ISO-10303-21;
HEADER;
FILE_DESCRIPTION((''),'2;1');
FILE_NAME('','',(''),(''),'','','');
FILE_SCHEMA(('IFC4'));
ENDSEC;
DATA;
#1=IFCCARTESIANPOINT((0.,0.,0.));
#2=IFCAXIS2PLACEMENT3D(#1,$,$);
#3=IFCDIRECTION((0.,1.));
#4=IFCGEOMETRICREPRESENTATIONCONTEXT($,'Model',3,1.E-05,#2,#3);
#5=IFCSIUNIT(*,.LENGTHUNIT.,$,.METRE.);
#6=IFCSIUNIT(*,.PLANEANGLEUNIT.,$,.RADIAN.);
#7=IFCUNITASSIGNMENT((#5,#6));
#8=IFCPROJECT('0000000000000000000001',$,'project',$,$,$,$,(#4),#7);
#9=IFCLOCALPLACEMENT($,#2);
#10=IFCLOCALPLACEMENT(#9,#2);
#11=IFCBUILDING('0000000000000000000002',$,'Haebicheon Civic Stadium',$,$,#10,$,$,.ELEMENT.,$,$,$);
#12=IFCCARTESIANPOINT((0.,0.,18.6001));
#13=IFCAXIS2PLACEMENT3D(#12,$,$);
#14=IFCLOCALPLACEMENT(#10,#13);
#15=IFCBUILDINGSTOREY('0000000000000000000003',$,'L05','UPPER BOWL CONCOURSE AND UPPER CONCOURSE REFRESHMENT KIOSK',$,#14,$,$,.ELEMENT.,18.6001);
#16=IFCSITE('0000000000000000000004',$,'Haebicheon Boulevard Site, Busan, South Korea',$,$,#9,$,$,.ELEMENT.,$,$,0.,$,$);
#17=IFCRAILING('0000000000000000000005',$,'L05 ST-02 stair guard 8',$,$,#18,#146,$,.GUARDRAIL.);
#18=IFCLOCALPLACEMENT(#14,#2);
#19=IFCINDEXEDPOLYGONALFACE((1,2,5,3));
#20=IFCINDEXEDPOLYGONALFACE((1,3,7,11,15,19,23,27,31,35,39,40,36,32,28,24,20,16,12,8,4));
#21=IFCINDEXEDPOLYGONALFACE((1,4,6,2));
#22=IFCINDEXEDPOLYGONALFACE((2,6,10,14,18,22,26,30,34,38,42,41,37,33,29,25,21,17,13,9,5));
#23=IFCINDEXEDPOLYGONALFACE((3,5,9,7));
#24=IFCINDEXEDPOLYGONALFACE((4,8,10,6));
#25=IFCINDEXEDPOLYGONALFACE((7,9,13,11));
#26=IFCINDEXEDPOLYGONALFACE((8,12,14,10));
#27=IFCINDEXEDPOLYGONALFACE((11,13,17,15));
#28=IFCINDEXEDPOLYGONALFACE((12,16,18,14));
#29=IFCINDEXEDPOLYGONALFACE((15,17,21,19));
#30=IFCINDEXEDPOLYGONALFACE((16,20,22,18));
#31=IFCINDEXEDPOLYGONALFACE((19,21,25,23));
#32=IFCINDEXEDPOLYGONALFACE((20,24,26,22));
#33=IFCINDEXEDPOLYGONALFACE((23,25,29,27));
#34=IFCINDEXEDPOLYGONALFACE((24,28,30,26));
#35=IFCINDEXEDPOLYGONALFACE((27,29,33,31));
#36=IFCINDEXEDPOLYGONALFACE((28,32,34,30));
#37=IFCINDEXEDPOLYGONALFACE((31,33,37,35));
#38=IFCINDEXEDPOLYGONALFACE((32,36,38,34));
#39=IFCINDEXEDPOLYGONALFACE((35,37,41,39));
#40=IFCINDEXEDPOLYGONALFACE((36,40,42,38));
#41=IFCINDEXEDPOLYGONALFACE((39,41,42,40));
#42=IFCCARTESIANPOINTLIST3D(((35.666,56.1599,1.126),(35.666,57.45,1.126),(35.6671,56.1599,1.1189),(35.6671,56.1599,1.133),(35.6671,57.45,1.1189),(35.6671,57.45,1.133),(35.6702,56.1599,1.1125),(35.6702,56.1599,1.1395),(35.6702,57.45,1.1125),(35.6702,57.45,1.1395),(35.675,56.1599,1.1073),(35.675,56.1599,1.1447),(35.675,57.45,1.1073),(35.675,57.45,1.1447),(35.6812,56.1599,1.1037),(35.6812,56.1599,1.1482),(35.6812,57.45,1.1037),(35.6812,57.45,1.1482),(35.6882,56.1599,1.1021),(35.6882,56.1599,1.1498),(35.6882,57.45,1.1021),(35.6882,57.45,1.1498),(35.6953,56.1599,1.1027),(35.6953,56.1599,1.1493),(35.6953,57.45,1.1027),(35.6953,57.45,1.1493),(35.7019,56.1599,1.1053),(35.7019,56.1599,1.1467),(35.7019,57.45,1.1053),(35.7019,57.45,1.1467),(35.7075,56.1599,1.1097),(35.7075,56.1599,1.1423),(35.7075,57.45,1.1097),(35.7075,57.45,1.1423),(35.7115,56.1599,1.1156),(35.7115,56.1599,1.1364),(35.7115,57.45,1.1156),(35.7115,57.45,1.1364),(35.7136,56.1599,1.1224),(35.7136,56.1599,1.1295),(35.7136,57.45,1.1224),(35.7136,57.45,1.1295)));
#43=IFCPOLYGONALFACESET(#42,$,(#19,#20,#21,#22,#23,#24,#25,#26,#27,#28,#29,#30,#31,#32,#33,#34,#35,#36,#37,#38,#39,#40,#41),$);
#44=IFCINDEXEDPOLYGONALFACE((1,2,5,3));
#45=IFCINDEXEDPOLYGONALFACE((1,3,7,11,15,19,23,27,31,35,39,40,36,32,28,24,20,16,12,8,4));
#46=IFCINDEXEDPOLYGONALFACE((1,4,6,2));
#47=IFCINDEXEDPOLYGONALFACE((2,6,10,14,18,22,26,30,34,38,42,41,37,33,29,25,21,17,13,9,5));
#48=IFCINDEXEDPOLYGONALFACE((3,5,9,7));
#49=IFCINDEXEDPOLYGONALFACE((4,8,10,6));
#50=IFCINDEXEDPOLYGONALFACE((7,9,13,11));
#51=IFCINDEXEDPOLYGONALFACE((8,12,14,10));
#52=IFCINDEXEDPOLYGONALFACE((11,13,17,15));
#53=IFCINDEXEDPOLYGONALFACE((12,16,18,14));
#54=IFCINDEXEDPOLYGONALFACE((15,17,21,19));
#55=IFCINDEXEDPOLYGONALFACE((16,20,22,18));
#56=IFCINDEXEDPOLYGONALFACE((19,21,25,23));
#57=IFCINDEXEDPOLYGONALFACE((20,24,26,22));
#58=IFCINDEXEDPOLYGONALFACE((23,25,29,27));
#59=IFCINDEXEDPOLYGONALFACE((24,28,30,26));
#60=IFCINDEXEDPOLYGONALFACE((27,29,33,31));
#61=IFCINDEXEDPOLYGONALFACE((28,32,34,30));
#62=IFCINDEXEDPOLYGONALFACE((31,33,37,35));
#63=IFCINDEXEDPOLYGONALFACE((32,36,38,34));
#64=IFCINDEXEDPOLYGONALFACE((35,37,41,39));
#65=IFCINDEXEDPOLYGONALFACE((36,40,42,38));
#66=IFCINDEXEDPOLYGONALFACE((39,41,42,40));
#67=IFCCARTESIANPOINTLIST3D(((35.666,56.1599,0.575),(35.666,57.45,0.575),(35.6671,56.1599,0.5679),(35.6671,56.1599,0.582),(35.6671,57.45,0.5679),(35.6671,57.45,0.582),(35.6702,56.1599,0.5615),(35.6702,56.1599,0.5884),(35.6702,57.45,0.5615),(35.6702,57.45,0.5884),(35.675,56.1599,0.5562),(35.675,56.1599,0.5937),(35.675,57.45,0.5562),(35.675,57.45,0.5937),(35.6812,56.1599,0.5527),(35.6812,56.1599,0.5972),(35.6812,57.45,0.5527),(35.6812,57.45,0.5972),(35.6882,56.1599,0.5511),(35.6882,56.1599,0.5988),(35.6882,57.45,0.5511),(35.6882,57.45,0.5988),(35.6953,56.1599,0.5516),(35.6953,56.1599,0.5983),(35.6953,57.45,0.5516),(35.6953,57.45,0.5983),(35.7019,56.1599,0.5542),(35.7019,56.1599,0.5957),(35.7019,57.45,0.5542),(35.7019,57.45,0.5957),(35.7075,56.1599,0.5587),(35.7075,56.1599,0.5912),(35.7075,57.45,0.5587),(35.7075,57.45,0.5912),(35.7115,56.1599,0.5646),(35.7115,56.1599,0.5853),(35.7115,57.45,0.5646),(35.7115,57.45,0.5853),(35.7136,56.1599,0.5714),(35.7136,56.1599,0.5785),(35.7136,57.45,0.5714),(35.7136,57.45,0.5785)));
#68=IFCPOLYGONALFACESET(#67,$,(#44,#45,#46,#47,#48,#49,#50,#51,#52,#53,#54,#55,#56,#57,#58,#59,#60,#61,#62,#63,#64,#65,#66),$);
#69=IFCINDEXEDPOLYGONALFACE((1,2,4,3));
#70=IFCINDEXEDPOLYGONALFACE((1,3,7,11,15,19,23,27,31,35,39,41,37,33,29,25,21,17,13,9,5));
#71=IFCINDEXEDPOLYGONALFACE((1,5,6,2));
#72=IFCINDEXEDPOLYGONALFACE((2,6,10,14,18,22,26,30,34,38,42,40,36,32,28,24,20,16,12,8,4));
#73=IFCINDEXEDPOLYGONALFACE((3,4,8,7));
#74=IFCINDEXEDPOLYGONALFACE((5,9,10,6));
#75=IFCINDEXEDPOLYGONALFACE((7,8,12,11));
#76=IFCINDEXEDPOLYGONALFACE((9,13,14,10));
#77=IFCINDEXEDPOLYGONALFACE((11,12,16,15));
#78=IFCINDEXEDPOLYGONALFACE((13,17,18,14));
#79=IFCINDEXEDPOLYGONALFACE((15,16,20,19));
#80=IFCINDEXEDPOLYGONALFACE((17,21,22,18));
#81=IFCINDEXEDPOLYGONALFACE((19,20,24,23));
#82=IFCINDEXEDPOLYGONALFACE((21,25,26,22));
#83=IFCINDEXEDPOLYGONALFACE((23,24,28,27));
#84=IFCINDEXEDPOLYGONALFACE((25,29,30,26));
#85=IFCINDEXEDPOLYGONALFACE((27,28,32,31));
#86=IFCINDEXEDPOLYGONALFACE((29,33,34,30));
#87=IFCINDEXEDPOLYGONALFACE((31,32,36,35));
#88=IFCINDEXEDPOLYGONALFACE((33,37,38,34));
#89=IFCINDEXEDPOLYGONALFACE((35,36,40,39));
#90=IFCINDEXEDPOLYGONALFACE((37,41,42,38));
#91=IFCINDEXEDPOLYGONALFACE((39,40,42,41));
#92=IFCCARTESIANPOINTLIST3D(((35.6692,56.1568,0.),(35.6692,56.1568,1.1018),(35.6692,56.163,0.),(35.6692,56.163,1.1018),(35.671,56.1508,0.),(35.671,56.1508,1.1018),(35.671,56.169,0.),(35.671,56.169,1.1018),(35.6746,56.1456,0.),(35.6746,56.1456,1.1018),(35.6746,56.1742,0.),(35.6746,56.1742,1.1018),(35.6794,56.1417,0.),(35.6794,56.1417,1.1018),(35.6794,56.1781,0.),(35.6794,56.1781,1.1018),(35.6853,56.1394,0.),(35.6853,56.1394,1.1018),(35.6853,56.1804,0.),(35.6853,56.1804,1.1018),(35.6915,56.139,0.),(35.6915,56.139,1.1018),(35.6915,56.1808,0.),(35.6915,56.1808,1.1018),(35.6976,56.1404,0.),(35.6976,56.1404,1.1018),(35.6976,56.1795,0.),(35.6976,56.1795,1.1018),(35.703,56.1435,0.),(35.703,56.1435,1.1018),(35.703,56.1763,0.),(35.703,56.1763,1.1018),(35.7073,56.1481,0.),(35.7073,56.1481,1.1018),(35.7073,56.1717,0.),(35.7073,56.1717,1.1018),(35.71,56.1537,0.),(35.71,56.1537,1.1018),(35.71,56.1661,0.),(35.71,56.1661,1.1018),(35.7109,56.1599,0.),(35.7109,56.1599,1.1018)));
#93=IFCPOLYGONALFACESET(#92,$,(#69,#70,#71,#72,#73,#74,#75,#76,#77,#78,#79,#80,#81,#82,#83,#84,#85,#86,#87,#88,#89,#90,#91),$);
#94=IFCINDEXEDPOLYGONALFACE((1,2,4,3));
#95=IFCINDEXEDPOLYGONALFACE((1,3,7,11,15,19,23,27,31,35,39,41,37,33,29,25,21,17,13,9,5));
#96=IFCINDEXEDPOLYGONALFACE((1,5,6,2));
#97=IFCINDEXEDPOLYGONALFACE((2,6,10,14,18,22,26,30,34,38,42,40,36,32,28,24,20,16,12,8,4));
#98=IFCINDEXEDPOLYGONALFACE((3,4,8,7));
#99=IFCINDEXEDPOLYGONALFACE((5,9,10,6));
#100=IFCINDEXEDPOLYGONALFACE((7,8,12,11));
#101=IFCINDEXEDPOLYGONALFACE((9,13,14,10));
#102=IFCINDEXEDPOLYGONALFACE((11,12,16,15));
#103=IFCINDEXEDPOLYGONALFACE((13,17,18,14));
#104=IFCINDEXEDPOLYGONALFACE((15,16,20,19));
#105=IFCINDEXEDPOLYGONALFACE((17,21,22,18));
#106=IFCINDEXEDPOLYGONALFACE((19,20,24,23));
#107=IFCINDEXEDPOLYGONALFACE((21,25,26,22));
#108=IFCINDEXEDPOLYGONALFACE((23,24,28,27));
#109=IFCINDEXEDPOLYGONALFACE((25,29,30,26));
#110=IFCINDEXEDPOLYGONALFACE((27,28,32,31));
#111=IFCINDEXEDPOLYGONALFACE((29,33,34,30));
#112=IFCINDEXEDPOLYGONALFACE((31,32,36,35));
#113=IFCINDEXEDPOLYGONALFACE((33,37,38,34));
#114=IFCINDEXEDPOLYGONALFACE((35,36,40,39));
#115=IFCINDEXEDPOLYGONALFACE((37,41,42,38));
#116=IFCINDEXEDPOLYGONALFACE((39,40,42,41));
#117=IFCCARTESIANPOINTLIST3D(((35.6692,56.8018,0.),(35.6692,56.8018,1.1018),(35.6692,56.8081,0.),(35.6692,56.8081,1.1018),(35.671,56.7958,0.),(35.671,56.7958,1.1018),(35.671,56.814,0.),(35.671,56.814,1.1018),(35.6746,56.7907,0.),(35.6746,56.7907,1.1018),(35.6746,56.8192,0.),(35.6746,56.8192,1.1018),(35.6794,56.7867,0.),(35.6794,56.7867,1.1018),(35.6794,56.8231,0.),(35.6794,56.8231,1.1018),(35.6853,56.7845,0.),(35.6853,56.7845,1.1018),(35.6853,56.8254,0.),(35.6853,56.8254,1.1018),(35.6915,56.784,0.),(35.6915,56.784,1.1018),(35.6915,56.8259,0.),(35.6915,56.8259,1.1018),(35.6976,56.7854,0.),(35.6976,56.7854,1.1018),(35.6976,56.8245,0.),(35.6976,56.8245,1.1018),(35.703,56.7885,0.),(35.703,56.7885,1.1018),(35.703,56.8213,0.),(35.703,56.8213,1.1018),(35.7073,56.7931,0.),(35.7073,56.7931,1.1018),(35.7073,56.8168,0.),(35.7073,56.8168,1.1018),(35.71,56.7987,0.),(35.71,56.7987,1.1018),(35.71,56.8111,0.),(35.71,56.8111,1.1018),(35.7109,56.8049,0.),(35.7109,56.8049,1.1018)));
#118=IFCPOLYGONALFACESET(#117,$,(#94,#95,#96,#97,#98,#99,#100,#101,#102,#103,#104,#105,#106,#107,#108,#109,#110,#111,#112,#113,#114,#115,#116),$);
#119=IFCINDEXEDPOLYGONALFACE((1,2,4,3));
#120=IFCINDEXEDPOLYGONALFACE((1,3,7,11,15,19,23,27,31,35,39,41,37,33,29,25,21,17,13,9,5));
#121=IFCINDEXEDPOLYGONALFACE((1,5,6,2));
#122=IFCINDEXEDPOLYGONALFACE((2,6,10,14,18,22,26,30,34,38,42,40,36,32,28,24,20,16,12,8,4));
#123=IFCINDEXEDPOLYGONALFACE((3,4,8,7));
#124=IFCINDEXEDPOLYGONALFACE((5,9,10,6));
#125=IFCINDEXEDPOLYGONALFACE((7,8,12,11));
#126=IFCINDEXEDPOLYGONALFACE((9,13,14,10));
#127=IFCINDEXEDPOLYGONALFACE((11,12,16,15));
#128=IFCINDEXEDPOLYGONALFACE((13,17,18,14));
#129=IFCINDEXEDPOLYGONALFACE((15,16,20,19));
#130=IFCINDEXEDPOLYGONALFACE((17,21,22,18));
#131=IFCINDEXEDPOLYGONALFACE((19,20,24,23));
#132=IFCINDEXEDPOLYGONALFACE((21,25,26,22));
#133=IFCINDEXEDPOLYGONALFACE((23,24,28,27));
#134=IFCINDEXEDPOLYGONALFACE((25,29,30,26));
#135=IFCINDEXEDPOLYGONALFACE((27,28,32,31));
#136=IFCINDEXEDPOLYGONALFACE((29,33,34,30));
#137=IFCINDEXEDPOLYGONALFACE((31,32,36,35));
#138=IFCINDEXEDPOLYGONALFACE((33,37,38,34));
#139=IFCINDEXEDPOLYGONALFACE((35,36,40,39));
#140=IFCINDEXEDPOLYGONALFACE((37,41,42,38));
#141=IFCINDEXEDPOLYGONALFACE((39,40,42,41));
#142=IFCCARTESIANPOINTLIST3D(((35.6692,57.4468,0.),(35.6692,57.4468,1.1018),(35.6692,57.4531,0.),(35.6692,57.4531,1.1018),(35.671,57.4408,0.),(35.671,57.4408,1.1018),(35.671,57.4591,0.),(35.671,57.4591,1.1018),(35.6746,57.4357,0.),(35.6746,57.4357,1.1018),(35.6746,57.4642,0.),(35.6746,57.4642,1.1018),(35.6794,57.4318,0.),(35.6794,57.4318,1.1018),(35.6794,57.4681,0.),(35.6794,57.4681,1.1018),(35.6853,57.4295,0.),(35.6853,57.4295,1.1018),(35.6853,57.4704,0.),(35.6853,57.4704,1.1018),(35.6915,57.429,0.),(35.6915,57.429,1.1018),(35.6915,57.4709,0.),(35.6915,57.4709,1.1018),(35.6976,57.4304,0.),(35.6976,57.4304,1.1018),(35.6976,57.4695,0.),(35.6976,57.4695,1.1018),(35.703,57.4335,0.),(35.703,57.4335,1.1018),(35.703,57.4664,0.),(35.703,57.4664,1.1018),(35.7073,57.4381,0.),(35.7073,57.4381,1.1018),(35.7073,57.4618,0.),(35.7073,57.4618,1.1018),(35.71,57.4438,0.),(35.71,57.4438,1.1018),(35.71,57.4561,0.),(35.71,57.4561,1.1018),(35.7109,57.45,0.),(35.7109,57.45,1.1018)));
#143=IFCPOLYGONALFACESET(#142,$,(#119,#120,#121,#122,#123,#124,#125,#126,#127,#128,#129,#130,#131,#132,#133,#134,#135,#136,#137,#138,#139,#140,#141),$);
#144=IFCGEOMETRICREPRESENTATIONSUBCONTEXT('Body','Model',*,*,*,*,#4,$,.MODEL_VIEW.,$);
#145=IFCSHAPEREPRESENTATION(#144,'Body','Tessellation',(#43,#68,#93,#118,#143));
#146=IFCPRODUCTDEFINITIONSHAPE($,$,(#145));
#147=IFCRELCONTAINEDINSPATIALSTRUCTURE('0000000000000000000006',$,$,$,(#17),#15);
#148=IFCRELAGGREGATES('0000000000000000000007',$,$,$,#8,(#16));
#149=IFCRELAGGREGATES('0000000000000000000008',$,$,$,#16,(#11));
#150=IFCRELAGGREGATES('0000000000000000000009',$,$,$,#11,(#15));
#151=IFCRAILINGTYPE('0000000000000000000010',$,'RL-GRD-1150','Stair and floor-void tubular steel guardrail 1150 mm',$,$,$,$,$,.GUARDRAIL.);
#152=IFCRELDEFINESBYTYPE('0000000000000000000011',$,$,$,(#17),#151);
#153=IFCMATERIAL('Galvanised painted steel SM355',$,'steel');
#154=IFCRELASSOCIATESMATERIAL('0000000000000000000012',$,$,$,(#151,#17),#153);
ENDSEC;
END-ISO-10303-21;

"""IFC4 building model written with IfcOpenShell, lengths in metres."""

from ifc_helpers import new_model, si_unit, direction, frame, origin, origin_2d, place, context, subcontext, project, spatial, circle, extrude, material, type_object, element, save


model = new_model("IFC4")

# Units and contexts
model_context = context("Model", 3, precision=1e-05, world=origin(), true_north=direction((0.0, 1.0)))
body_context = subcontext(model_context, "Body", "Model", "MODEL_VIEW")
ifc_project = project(units=[si_unit("LENGTHUNIT", "METRE"), si_unit("PLANEANGLEUNIT", "RADIAN")], contexts=[model_context])

# Site, building, storey
site_placement = place(None, origin())
site = spatial("IfcSite", under=ifc_project, at=site_placement, Name="Haebicheon Boulevard Site, Busan, South Korea", CompositionType="ELEMENT", RefElevation=0.0)
building_placement = place(site_placement, origin())
building = spatial("IfcBuilding", under=site, at=building_placement, Name="Haebicheon Civic Stadium", CompositionType="ELEMENT")
storey_placement = place(building_placement, frame((0.0, 0.0, 18.6001)))
storey = spatial("IfcBuildingStorey", under=building, at=storey_placement, Name="L05", Description="UPPER BOWL CONCOURSE AND UPPER CONCOURSE REFRESHMENT KIOSK", CompositionType="ELEMENT", Elevation=18.6001)

# Railing
ifc_material_1 = material(Name="Galvanised painted steel SM355", Category="steel")
railing_type = type_object("IfcRailingType", Name="RL-GRD-1150", Description="Stair and floor-void tubular steel guardrail 1150 mm", PredefinedType="GUARDRAIL", material=ifc_material_1)
for number, where, name in (
    (1, (35.6899, 56.1599, 0.0), "L05 ST-02 stair guard 8"),
):
    element("IfcRailing", number, at=place(storey_placement, frame(where)), inside=storey, type_object=railing_type, material=ifc_material_1, Name=name, PredefinedType="GUARDRAIL", context=body_context, shape_type="SweptSolid", body=[
        extrude(circle(Radius=0.0239, at=origin_2d()), frame((0.0, 0.0, 1.126), z_axis=(0.0, 1.0, 0.0), x_axis=(-1.0, 0.0, 0.0)), (0.0, 0.0, 1.0), 1.29),
        extrude(circle(Radius=0.0239, at=origin_2d()), frame((0.0, 0.0, 0.575), z_axis=(0.0, 1.0, 0.0), x_axis=(-1.0, 0.0, 0.0)), (0.0, 0.0, 1.0), 1.29),
        extrude(circle(Radius=0.021, at=origin_2d()), origin(), (0.0, 0.0, 1.0), 1.1018),
        extrude(circle(Radius=0.021, at=origin_2d()), frame((0.0, 0.645, 0.0)), (0.0, 0.0, 1.0), 1.1018),
        extrude(circle(Radius=0.021, at=origin_2d()), frame((0.0, 1.29, 0.0)), (0.0, 0.0, 1.0), 1.1018),
    ])

save(model, "model.ifc")
